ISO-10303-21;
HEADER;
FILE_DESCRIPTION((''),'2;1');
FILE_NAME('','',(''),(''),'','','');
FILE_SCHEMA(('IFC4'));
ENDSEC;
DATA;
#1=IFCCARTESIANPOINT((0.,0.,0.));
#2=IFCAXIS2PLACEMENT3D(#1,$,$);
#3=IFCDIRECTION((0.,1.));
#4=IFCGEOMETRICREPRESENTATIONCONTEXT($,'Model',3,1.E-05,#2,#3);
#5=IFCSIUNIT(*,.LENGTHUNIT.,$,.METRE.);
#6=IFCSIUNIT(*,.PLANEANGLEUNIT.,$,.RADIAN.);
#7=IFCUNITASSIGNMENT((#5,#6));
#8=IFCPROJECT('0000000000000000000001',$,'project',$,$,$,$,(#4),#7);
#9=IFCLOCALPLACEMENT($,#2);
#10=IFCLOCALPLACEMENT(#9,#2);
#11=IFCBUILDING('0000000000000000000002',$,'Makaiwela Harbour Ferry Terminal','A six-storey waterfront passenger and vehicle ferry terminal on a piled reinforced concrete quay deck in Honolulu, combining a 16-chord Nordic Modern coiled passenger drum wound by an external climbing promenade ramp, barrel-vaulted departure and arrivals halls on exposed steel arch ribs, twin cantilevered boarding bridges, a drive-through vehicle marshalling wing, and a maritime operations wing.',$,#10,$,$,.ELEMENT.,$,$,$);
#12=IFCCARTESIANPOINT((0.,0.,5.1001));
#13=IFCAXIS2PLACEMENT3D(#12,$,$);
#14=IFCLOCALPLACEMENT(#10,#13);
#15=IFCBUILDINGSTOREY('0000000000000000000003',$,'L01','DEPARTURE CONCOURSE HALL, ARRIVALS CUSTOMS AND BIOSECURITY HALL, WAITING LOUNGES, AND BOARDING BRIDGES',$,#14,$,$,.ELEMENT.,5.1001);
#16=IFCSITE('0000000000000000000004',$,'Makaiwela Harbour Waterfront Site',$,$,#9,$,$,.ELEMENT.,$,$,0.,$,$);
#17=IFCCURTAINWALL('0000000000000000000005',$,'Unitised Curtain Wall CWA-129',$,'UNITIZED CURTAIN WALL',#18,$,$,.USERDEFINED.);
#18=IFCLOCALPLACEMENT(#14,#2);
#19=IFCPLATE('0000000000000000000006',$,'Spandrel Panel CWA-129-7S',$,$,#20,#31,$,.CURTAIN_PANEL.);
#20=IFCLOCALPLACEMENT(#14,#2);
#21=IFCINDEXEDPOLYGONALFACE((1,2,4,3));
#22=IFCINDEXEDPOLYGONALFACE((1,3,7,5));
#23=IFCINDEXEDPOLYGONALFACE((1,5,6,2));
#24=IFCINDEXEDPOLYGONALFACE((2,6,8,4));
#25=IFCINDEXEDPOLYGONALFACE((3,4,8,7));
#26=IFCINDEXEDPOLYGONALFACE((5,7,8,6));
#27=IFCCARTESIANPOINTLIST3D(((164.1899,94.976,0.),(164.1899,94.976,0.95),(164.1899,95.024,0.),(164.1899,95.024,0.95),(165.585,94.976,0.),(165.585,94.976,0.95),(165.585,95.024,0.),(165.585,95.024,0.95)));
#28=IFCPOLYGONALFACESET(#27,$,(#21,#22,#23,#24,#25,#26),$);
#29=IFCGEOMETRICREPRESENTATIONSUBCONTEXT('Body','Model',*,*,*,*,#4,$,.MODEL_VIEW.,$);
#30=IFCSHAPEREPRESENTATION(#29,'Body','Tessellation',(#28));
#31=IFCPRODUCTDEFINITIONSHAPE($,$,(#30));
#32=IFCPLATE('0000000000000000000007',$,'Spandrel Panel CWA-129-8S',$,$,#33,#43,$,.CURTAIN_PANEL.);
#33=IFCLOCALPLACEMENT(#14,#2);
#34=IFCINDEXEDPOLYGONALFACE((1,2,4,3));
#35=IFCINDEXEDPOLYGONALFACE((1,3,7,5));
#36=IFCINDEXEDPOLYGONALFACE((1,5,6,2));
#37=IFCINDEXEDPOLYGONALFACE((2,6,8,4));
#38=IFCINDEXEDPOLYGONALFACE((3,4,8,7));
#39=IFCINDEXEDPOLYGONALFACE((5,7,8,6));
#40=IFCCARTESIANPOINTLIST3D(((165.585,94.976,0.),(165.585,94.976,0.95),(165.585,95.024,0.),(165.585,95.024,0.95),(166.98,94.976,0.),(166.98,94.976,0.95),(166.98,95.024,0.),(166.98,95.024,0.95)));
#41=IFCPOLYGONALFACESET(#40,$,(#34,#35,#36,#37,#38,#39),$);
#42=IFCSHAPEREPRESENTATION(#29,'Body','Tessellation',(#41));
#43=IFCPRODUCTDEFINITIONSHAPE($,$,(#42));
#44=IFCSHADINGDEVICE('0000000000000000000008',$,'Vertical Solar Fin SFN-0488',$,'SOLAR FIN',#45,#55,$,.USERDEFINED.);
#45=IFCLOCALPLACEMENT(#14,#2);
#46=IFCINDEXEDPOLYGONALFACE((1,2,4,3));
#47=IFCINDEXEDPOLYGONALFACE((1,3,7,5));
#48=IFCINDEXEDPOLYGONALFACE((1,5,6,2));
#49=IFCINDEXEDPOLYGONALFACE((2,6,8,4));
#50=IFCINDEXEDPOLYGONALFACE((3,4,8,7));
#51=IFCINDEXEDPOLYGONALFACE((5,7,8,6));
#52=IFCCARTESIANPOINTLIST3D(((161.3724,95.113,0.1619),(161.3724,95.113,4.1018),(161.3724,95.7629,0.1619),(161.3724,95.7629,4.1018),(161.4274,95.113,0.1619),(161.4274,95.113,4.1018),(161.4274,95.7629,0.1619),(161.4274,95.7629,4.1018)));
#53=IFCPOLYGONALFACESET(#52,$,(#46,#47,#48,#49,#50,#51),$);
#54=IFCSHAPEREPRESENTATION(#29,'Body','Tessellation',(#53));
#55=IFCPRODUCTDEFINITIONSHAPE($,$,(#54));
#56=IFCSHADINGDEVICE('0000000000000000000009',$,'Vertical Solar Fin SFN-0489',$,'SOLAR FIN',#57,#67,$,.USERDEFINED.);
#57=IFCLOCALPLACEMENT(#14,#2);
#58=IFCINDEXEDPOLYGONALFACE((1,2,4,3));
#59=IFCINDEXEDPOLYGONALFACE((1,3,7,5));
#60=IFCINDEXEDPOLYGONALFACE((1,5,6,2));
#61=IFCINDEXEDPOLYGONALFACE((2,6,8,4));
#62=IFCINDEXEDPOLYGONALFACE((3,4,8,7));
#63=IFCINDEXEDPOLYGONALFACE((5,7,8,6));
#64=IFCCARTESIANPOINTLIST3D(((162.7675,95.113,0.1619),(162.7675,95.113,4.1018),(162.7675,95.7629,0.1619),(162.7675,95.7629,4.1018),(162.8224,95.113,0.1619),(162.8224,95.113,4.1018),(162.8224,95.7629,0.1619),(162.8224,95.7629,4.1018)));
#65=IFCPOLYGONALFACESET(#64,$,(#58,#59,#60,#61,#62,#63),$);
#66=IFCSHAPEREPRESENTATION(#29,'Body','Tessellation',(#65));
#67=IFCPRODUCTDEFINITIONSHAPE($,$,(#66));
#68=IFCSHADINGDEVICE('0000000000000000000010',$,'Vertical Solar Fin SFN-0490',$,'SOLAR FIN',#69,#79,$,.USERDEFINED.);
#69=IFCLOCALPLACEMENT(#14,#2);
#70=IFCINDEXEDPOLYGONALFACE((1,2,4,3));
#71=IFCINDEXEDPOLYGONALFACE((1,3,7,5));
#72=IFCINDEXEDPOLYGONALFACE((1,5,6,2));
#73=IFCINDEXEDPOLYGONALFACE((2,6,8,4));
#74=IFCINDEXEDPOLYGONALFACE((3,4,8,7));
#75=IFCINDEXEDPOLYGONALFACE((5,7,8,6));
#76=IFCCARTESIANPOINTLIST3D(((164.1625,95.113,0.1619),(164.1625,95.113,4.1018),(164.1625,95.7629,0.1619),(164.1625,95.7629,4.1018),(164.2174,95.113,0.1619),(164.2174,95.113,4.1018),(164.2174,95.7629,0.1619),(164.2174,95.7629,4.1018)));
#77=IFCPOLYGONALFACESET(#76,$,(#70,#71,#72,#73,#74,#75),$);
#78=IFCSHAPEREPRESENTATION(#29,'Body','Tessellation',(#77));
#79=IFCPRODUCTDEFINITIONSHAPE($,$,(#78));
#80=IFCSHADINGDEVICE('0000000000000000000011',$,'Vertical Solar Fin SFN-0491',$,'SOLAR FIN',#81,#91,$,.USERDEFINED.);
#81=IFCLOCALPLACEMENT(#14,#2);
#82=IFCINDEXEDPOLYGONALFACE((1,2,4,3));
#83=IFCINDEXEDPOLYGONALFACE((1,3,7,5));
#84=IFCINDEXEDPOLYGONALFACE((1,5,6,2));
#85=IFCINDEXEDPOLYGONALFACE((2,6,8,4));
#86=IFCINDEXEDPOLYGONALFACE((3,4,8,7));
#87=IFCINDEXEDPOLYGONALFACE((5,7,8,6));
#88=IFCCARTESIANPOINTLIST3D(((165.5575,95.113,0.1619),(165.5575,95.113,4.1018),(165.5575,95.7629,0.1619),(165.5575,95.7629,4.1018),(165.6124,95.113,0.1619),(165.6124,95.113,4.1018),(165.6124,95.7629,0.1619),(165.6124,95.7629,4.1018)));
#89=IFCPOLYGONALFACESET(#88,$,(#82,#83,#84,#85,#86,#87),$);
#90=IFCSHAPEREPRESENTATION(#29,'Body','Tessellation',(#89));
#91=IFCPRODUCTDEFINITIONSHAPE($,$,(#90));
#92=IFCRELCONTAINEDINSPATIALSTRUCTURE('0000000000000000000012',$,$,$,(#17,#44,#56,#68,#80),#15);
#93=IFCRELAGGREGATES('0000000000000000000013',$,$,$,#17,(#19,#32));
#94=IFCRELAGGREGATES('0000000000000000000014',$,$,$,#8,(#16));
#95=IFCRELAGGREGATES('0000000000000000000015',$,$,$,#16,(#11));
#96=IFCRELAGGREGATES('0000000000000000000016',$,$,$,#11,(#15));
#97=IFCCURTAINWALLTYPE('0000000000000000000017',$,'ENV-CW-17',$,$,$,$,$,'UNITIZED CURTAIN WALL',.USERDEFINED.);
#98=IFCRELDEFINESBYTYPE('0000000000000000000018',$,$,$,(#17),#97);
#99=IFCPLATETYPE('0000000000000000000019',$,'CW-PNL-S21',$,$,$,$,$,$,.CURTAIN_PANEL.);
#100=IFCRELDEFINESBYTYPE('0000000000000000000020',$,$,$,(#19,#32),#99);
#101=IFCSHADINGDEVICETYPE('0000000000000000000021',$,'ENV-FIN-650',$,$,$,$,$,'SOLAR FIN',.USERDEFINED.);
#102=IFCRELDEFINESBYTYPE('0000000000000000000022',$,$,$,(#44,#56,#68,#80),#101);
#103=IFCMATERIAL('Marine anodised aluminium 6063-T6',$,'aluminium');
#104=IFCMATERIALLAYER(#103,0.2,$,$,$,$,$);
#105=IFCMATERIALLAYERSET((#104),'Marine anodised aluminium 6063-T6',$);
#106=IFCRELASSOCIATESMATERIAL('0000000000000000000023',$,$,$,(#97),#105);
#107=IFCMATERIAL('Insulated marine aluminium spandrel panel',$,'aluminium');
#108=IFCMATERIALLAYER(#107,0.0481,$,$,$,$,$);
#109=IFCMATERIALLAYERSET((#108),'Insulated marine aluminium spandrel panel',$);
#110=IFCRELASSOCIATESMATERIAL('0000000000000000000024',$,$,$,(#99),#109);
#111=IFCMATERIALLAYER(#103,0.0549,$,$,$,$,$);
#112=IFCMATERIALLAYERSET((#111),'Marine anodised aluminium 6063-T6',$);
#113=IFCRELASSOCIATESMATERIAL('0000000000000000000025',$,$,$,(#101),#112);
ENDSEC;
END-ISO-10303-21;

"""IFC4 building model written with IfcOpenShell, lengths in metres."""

from ifc_helpers import new_model, si_unit, direction, frame, origin, origin_2d, place, context, subcontext, project, spatial, rectangle, extrude, material, layer, layer_set, type_object, element, aggregate, save


model = new_model("IFC4")

# Units and contexts
model_context = context("Model", 3, precision=1e-05, world=origin(), true_north=direction((0.0, 1.0)))
body_context = subcontext(model_context, "Body", "Model", "MODEL_VIEW")
ifc_project = project(units=[si_unit("LENGTHUNIT", "METRE"), si_unit("PLANEANGLEUNIT", "RADIAN")], contexts=[model_context])

# Site, building, storey
site_placement = place(None, origin())
site = spatial("IfcSite", under=ifc_project, at=site_placement, Name="Makaiwela Harbour Waterfront Site", CompositionType="ELEMENT", RefElevation=0.0)
building_placement = place(site_placement, origin())
building = spatial("IfcBuilding", under=site, at=building_placement, Name="Makaiwela Harbour Ferry Terminal", Description="A six-storey waterfront passenger and vehicle ferry terminal on a piled reinforced concrete quay deck in Honolulu, combining a 16-chord Nordic Modern coiled passenger drum wound by an external climbing promenade ramp, barrel-vaulted departure and arrivals halls on exposed steel arch ribs, twin cantilevered boarding bridges, a drive-through vehicle marshalling wing, and a maritime operations wing.", CompositionType="ELEMENT")
storey_placement = place(building_placement, frame((0.0, 0.0, 5.1001)))
storey = spatial("IfcBuildingStorey", under=building, at=storey_placement, Name="L01", Description="DEPARTURE CONCOURSE HALL, ARRIVALS CUSTOMS AND BIOSECURITY HALL, WAITING LOUNGES, AND BOARDING BRIDGES", CompositionType="ELEMENT", Elevation=5.1001)

# Curtain wall
ifc_material_1 = material(Name="Marine anodised aluminium 6063-T6", Category="aluminium")
ifc_layer_1 = layer(ifc_material_1, 0.2)
ifc_layer_set_1 = layer_set([ifc_layer_1], Name="Marine anodised aluminium 6063-T6")
curtain_wall_type = type_object("IfcCurtainWallType", Name="ENV-CW-17", ElementType="UNITIZED CURTAIN WALL", PredefinedType="USERDEFINED", material=ifc_layer_set_1)
curtain_wall_placement = place(storey_placement, origin())
curtain_wall = element("IfcCurtainWall", 1, at=curtain_wall_placement, inside=storey, type_object=curtain_wall_type, Name="Unitised Curtain Wall CWA-129", ObjectType="UNITIZED CURTAIN WALL", PredefinedType="USERDEFINED")

# Plates
ifc_material_2 = material(Name="Insulated marine aluminium spandrel panel", Category="aluminium")
ifc_layer_2 = layer(ifc_material_2, 0.0481)
ifc_layer_set_2 = layer_set([ifc_layer_2], Name="Insulated marine aluminium spandrel panel")
plate_type_1 = type_object("IfcPlateType", Name="CW-PNL-S21", PredefinedType="CURTAIN_PANEL", material=ifc_layer_set_2)
plate_1_placement = place(storey_placement, frame((164.8875, 95.0, 0.0), z_axis=(0.0, 0.0, 1.0), x_axis=(1.0, 0.0, 0.0)))
plate_1 = element("IfcPlate", 2, at=plate_1_placement, type_object=plate_type_1, Name="Spandrel Panel CWA-129-7S", PredefinedType="CURTAIN_PANEL", context=body_context, shape_type="SweptSolid", body=[
    extrude(rectangle(XDim=1.395, YDim=0.0481, at=origin_2d()), origin(), (0.0, 0.0, 1.0), 0.95),
])
plate_2_placement = place(storey_placement, frame((166.2825, 95.0, 0.0), z_axis=(0.0, 0.0, 1.0), x_axis=(1.0, 0.0, 0.0)))
plate_2 = element("IfcPlate", 3, at=plate_2_placement, type_object=plate_type_1, Name="Spandrel Panel CWA-129-8S", PredefinedType="CURTAIN_PANEL", context=body_context, shape_type="SweptSolid", body=[
    extrude(rectangle(XDim=1.395, YDim=0.0481, at=origin_2d()), origin(), (0.0, 0.0, 1.0), 0.95),
])
aggregate(curtain_wall, [plate_1, plate_2])

# Shading devices
ifc_layer_3 = layer(ifc_material_1, 0.0549)
ifc_layer_set_3 = layer_set([ifc_layer_3], Name="Marine anodised aluminium 6063-T6")
shading_device_type = type_object("IfcShadingDeviceType", Name="ENV-FIN-650", ElementType="SOLAR FIN", PredefinedType="USERDEFINED", material=ifc_layer_set_3)
for number, where, z_axis, x_axis, name in (
    (4, (161.3999, 95.438, 0.1619), (0.0, 0.0, 1.0), (0.0, 1.0, 0.0), "Vertical Solar Fin SFN-0488"),
    (5, (162.7949, 95.438, 0.1619), (0.0, 0.0, 1.0), (0.0, 1.0, 0.0), "Vertical Solar Fin SFN-0489"),
    (6, (164.1899, 95.438, 0.1619), (0.0, 0.0, 1.0), (0.0, 1.0, 0.0), "Vertical Solar Fin SFN-0490"),
    (7, (165.585, 95.438, 0.1619), (0.0, 0.0, 1.0), (0.0, 1.0, 0.0), "Vertical Solar Fin SFN-0491"),
):
    element("IfcShadingDevice", number, at=place(storey_placement, frame(where, z_axis=z_axis, x_axis=x_axis)), inside=storey, type_object=shading_device_type, Name=name, ObjectType="SOLAR FIN", PredefinedType="USERDEFINED", context=body_context, shape_type="SweptSolid", body=[
        extrude(rectangle(XDim=0.6499, YDim=0.0549, at=origin_2d()), origin(), (0.0, 0.0, 1.0), 3.9399),
    ])

save(model, "model.ifc")
